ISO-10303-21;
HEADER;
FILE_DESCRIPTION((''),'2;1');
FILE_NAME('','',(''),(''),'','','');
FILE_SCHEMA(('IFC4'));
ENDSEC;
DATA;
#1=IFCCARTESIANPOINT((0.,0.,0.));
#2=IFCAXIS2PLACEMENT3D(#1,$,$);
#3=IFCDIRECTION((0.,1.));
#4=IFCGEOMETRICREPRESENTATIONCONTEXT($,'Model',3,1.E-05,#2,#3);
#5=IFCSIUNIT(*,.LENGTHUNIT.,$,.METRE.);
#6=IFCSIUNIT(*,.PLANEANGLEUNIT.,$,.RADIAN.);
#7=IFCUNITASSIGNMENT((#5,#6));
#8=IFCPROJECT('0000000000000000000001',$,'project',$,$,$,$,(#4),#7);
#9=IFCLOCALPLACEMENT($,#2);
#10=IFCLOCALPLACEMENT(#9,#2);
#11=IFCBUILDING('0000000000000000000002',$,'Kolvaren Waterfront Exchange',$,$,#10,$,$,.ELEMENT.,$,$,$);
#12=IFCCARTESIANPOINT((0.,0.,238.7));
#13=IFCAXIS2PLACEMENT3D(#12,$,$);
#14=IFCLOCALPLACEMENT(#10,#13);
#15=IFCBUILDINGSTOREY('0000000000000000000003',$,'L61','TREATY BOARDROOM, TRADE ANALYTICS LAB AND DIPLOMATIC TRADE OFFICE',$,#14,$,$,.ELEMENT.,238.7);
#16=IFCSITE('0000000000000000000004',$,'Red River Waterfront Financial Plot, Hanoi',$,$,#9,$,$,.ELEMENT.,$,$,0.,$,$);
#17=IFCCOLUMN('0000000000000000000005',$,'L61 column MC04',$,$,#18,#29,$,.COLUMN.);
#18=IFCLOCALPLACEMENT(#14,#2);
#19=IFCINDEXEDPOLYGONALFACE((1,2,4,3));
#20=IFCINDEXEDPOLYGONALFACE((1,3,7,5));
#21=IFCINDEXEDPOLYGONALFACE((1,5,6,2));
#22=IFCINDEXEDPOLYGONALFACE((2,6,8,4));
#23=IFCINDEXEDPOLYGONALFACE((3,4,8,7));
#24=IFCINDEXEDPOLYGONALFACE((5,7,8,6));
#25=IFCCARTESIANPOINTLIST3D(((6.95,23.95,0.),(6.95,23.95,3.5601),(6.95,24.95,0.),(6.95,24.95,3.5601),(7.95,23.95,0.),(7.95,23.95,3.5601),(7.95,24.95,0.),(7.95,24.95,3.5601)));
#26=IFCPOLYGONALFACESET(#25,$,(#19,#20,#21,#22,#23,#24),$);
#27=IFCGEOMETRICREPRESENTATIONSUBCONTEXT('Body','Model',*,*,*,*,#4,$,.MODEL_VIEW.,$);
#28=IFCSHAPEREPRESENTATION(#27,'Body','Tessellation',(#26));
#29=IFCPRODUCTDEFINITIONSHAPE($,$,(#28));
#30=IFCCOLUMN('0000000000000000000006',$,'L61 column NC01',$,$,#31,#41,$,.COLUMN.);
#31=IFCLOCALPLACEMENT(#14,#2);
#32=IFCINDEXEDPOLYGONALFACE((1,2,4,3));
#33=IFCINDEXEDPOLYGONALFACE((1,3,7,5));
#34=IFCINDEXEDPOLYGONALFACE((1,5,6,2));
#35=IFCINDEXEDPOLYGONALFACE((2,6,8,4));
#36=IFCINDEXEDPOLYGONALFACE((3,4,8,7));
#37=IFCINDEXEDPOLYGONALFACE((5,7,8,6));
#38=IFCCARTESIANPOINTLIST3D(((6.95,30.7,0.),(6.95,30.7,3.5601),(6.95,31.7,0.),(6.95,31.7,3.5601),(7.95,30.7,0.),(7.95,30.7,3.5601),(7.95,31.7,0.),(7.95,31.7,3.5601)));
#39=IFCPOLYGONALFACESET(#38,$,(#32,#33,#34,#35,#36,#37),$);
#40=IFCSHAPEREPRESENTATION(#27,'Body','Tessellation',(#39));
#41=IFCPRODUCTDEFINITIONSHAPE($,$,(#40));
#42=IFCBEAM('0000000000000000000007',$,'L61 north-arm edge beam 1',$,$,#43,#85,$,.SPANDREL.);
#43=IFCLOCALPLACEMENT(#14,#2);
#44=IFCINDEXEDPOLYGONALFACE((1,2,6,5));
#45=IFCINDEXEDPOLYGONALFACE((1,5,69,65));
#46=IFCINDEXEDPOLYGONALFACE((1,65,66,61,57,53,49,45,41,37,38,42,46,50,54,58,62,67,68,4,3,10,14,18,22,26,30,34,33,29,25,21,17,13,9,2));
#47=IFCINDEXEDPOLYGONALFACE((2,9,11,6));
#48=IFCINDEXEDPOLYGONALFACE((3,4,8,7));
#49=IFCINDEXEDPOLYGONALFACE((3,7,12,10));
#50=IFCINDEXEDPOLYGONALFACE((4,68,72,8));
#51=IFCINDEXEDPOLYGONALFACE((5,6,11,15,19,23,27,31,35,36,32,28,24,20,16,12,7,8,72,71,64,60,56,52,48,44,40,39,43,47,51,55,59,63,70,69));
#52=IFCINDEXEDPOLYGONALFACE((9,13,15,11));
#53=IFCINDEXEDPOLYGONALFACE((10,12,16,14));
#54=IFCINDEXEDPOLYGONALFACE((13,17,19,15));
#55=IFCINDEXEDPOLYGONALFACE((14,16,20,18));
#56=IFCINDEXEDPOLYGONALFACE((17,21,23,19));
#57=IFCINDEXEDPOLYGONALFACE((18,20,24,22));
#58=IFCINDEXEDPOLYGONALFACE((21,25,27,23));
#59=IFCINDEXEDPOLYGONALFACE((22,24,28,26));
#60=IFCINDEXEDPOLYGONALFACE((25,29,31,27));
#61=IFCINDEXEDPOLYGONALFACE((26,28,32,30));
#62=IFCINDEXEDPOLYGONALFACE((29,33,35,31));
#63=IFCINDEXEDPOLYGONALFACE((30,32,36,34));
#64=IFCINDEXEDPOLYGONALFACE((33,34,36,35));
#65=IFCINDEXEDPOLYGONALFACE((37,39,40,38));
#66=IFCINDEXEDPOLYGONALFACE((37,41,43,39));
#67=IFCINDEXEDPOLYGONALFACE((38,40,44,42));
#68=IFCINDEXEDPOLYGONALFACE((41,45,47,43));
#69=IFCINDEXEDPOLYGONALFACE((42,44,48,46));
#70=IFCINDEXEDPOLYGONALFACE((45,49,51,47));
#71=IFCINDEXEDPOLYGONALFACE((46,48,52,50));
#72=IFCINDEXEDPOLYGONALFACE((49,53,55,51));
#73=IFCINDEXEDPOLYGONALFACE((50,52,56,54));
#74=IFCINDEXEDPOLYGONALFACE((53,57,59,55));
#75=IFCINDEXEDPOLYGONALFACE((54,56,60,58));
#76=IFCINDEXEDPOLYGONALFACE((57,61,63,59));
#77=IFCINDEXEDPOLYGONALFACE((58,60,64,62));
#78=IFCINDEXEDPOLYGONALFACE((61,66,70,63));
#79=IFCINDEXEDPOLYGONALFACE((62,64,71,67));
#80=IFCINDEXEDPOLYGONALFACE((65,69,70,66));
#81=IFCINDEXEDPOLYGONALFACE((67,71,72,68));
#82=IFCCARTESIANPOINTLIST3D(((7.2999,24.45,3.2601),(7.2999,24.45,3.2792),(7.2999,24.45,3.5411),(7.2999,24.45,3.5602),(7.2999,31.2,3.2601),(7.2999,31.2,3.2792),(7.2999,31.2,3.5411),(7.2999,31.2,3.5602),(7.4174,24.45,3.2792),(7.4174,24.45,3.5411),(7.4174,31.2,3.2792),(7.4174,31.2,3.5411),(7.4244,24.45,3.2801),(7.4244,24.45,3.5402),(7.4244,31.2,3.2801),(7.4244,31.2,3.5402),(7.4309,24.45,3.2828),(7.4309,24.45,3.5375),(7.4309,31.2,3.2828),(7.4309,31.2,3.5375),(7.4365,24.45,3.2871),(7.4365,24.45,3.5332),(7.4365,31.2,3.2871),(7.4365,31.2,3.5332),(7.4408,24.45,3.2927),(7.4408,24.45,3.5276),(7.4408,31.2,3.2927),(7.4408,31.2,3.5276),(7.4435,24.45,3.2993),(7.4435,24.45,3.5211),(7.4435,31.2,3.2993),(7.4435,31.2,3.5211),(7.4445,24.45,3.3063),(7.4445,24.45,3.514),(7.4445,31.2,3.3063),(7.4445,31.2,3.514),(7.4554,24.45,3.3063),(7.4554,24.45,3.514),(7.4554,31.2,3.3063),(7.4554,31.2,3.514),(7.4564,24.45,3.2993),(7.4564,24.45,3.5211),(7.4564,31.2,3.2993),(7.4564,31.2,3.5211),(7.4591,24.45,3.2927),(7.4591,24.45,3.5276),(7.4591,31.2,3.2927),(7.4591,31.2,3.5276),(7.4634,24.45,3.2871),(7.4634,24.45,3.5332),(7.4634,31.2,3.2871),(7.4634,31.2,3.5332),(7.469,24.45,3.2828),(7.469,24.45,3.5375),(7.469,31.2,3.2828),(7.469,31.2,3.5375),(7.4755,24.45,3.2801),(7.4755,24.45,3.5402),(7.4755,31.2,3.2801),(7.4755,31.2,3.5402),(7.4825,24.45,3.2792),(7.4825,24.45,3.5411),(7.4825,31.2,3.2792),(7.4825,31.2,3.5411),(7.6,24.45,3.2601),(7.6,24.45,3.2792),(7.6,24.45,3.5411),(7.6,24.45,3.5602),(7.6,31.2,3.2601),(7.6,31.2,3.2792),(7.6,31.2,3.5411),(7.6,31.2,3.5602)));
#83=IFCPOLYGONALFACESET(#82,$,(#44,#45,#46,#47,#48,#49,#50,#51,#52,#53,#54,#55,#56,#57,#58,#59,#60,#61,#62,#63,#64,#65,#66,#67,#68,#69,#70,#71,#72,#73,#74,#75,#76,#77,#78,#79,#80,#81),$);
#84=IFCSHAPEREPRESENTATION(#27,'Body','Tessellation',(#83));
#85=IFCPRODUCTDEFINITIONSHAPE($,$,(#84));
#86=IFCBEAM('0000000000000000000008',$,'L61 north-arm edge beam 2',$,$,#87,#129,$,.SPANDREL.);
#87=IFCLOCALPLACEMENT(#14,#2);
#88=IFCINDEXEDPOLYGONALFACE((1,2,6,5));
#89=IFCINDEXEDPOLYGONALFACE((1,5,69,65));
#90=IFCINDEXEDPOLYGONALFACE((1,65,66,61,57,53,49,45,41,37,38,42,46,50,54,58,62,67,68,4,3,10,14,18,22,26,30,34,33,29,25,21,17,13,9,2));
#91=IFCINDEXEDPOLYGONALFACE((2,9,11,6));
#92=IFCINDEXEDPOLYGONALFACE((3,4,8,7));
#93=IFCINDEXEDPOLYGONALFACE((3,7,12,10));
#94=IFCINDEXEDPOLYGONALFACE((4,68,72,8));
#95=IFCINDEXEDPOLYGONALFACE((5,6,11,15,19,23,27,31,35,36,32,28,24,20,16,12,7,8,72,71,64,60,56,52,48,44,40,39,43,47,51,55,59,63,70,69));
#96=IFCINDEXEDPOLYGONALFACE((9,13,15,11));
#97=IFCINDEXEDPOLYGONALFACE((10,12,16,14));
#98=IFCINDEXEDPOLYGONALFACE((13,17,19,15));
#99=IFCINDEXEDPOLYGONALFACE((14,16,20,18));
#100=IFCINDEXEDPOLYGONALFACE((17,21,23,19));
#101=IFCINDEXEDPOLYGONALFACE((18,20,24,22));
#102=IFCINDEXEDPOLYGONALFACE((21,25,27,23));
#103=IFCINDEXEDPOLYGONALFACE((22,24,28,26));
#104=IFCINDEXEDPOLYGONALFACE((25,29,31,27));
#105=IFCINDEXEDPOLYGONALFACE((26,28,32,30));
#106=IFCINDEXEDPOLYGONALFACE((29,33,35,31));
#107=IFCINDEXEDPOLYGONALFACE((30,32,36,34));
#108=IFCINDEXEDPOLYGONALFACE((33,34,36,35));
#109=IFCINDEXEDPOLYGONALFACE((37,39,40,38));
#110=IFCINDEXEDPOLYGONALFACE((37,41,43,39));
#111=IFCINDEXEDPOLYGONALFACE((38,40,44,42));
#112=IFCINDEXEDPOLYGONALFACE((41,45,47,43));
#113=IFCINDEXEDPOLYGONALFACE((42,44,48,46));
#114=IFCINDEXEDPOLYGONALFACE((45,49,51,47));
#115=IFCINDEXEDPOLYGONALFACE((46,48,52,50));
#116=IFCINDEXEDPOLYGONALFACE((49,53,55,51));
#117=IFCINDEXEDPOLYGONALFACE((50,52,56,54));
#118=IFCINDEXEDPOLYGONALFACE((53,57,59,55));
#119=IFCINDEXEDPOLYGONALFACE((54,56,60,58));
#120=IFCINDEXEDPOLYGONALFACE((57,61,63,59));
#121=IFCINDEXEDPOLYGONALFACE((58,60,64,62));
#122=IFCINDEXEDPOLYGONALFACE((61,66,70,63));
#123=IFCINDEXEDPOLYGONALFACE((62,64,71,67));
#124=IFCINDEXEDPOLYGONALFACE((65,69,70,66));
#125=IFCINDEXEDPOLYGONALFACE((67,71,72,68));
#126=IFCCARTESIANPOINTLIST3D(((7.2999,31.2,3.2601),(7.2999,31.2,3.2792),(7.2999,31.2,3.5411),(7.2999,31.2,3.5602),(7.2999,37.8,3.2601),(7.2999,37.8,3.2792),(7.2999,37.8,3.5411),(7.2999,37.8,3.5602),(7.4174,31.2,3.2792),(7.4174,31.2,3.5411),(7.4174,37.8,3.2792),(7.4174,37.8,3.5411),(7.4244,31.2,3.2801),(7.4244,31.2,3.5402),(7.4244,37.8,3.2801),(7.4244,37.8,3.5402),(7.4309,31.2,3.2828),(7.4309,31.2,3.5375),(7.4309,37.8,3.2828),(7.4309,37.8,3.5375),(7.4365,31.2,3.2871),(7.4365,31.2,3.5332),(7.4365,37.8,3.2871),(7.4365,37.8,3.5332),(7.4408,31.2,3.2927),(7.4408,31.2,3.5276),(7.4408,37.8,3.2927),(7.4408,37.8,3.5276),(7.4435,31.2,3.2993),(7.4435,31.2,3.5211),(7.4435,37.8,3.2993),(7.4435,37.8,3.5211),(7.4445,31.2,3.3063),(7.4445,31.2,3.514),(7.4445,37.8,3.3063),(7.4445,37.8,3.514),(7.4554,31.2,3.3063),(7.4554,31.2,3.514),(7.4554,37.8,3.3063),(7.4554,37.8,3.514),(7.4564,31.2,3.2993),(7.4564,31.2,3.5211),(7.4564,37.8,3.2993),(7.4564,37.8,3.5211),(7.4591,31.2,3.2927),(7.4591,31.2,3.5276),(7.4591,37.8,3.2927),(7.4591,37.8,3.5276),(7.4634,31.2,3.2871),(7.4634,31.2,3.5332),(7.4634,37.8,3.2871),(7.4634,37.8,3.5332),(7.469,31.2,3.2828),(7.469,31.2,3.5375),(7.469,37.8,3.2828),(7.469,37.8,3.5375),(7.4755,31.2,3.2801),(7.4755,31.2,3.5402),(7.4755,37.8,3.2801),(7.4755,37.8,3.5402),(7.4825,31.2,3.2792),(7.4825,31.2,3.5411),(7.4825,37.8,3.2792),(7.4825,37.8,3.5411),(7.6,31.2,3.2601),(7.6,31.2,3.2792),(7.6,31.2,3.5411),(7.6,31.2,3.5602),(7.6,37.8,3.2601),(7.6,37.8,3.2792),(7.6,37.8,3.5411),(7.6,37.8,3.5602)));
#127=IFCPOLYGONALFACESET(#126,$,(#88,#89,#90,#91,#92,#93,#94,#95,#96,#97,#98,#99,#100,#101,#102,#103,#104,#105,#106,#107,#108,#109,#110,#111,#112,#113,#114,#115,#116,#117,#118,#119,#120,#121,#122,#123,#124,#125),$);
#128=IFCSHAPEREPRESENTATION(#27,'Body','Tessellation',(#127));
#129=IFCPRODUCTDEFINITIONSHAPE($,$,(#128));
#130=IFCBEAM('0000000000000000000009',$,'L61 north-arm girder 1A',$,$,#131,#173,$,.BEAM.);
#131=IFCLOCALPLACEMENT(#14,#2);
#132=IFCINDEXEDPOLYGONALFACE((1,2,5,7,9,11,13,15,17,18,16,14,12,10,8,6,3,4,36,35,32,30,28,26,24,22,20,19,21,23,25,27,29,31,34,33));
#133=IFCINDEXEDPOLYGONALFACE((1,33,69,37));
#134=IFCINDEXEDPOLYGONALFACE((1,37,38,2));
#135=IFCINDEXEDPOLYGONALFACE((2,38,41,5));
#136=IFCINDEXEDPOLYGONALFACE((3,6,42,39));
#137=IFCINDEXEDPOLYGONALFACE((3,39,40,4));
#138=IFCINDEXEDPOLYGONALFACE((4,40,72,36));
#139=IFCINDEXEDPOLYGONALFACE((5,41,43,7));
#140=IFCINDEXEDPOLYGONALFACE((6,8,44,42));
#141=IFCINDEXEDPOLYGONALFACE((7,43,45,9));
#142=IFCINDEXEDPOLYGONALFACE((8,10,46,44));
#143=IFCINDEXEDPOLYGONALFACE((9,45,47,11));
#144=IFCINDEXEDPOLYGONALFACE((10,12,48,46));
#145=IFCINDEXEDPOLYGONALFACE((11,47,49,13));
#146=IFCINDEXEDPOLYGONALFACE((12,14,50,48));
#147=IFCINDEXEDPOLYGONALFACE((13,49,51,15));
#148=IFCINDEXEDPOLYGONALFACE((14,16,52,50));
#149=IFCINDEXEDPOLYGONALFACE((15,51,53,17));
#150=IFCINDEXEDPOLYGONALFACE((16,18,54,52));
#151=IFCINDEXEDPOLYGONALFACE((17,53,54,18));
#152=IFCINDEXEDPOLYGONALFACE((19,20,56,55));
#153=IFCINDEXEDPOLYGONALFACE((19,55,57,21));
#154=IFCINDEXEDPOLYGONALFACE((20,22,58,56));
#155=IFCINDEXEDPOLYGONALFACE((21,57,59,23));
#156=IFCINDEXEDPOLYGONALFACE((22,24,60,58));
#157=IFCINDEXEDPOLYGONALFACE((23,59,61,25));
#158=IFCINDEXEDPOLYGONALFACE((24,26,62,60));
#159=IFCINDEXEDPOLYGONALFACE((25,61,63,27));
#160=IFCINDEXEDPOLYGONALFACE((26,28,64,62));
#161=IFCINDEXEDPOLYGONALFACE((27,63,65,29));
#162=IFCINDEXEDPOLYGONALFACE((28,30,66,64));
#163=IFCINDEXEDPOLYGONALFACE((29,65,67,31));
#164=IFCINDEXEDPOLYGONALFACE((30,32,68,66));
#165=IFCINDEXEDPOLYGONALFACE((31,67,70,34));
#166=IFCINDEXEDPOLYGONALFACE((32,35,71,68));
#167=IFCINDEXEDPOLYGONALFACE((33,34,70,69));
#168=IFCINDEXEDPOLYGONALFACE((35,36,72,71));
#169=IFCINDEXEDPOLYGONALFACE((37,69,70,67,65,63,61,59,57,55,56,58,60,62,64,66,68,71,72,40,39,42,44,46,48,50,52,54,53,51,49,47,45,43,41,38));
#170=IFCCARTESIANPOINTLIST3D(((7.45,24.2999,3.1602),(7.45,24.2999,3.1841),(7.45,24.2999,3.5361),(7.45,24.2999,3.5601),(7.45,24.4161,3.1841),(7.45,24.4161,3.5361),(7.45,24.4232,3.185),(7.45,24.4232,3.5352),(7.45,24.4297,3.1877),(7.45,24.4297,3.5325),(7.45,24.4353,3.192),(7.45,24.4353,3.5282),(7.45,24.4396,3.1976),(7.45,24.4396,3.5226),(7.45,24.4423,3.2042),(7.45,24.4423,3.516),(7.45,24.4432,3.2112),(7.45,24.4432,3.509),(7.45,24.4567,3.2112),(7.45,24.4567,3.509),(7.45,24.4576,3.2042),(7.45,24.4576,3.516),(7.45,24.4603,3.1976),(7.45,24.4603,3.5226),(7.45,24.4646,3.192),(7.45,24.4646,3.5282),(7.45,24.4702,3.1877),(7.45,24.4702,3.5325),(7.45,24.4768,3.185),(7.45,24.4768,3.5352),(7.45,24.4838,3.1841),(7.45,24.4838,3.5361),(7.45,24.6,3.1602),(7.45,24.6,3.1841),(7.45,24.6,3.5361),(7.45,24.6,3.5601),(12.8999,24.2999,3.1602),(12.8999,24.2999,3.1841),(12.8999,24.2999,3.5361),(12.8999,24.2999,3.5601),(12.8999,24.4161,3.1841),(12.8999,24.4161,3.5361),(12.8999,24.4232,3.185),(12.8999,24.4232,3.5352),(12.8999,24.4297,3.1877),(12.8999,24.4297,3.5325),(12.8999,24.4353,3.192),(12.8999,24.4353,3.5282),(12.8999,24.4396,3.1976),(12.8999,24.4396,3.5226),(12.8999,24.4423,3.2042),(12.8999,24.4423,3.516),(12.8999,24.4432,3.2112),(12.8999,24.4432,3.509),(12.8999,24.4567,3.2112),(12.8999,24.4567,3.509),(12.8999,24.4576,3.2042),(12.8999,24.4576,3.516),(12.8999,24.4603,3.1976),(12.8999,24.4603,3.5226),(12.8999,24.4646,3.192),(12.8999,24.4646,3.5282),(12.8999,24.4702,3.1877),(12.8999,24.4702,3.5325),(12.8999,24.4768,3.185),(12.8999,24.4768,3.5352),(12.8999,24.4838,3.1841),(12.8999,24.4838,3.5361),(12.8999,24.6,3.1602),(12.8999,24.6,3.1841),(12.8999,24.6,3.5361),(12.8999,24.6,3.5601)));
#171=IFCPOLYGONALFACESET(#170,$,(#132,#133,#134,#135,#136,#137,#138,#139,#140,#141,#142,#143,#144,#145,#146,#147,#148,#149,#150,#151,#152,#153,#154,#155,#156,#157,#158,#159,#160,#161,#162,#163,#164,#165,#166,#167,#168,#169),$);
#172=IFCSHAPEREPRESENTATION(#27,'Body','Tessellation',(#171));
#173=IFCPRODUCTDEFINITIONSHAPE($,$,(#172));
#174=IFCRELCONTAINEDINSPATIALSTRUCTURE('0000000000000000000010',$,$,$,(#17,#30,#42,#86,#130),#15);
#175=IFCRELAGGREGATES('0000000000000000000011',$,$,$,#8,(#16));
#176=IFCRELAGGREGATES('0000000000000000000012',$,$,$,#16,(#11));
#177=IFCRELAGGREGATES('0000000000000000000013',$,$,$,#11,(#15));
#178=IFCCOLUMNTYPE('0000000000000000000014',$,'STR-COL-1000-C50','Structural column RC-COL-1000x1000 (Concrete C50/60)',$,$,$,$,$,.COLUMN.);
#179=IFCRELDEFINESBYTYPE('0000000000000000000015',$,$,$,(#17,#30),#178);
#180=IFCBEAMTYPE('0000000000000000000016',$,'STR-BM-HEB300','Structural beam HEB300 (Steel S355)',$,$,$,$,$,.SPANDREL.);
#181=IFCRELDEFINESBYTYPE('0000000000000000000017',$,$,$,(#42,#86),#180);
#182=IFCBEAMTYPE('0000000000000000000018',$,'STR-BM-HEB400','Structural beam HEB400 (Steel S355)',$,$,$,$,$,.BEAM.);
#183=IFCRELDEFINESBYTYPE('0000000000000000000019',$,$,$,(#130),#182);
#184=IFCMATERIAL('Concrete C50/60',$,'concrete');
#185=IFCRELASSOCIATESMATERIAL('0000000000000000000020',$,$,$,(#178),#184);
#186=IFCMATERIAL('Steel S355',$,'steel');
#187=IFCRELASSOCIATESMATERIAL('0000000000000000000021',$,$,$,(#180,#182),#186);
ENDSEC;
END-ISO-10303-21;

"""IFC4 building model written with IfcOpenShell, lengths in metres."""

from ifc_helpers import new_model, si_unit, direction, frame, origin, origin_2d, place, context, subcontext, project, spatial, rectangle, i_section, extrude, material, material_profile, profile_set, type_object, element, save


model = new_model("IFC4")

# Units and contexts
model_context = context("Model", 3, precision=1e-05, world=origin(), true_north=direction((0.0, 1.0)))
body_context = subcontext(model_context, "Body", "Model", "MODEL_VIEW")
ifc_project = project(units=[si_unit("LENGTHUNIT", "METRE"), si_unit("PLANEANGLEUNIT", "RADIAN")], contexts=[model_context])

# Site, building, storey
site_placement = place(None, origin())
site = spatial("IfcSite", under=ifc_project, at=site_placement, Name="Red River Waterfront Financial Plot, Hanoi", CompositionType="ELEMENT", RefElevation=0.0)
building_placement = place(site_placement, origin())
building = spatial("IfcBuilding", under=site, at=building_placement, Name="Kolvaren Waterfront Exchange", CompositionType="ELEMENT")
storey_placement = place(building_placement, frame((0.0, 0.0, 238.7)))
storey = spatial("IfcBuildingStorey", under=building, at=storey_placement, Name="L61", Description="TREATY BOARDROOM, TRADE ANALYTICS LAB AND DIPLOMATIC TRADE OFFICE", CompositionType="ELEMENT", Elevation=238.7)

# Columns
ifc_material_1 = material(Name="Concrete C50/60", Category="concrete")
ifc_material_profile_1 = material_profile(ifc_material_1, rectangle(XDim=1.0, YDim=1.0, at=origin_2d()), Name="RC-COL-1000x1000")
ifc_profile_set_1 = profile_set([ifc_material_profile_1], Name="Concrete C50/60")
column_type = type_object("IfcColumnType", Name="STR-COL-1000-C50", Description="Structural column RC-COL-1000x1000 (Concrete C50/60)", PredefinedType="COLUMN", material=ifc_profile_set_1)
for number, where, z_axis, x_axis, name in (
    (1, (7.45, 24.45, 0.0), (0.0, 0.0, 1.0), (1.0, 0.0, 0.0), "L61 column MC04"),
    (2, (7.45, 31.2, 0.0), (0.0, 0.0, 1.0), (1.0, 0.0, 0.0), "L61 column NC01"),
):
    element("IfcColumn", number, at=place(storey_placement, frame(where, z_axis=z_axis, x_axis=x_axis)), inside=storey, type_object=column_type, Name=name, PredefinedType="COLUMN", context=body_context, shape_type="SweptSolid", body=[
        extrude(rectangle(XDim=1.0, YDim=1.0, at=origin_2d()), origin(), (0.0, 0.0, 1.0), 3.5601),
    ])

# Beams
ifc_material_2 = material(Name="Steel S355", Category="steel")
ifc_material_profile_2 = material_profile(ifc_material_2, i_section(OverallWidth=0.3, OverallDepth=0.3, WebThickness=0.011, FlangeThickness=0.019, FilletRadius=0.0271, at=origin_2d()), Name="HEB300")
ifc_profile_set_2 = profile_set([ifc_material_profile_2], Name="Steel S355")
beam_type_1 = type_object("IfcBeamType", Name="STR-BM-HEB300", Description="Structural beam HEB300 (Steel S355)", PredefinedType="SPANDREL", material=ifc_profile_set_2)
beam_1_placement = place(storey_placement, frame((7.45, 24.45, 3.4102), z_axis=(0.0, 1.0, 0.0), x_axis=(-1.0, 0.0, 0.0)))
element("IfcBeam", 3, at=beam_1_placement, inside=storey, type_object=beam_type_1, Name="L61 north-arm edge beam 1", PredefinedType="SPANDREL", context=body_context, shape_type="SweptSolid", body=[
    extrude(i_section(OverallWidth=0.3, OverallDepth=0.3, WebThickness=0.011, FlangeThickness=0.019, FilletRadius=0.0271, at=origin_2d()), origin(), (0.0, 0.0, 1.0), 6.75),
])
beam_2_placement = place(storey_placement, frame((7.45, 31.2, 3.4102), z_axis=(0.0, 1.0, 0.0), x_axis=(-1.0, 0.0, 0.0)))
element("IfcBeam", 4, at=beam_2_placement, inside=storey, type_object=beam_type_1, Name="L61 north-arm edge beam 2", PredefinedType="SPANDREL", context=body_context, shape_type="SweptSolid", body=[
    extrude(i_section(OverallWidth=0.3, OverallDepth=0.3, WebThickness=0.011, FlangeThickness=0.019, FilletRadius=0.0271, at=origin_2d()), origin(), (0.0, 0.0, 1.0), 6.6001),
])
ifc_material_profile_3 = material_profile(ifc_material_2, i_section(OverallWidth=0.3, OverallDepth=0.3999, WebThickness=0.0134, FlangeThickness=0.0239, FilletRadius=0.0271, at=origin_2d()), Name="HEB400")
ifc_profile_set_3 = profile_set([ifc_material_profile_3], Name="Steel S355")
beam_type_2 = type_object("IfcBeamType", Name="STR-BM-HEB400", Description="Structural beam HEB400 (Steel S355)", PredefinedType="BEAM", material=ifc_profile_set_3)
for number, where, z_axis, x_axis, name in (
    (5, (7.45, 24.45, 3.3601), (1.0, 0.0, 0.0), (0.0, 1.0, 0.0), "L61 north-arm girder 1A"),
):
    element("IfcBeam", number, at=place(storey_placement, frame(where, z_axis=z_axis, x_axis=x_axis)), inside=storey, type_object=beam_type_2, Name=name, PredefinedType="BEAM", context=body_context, shape_type="SweptSolid", body=[
        extrude(i_section(OverallWidth=0.3, OverallDepth=0.3999, WebThickness=0.0134, FlangeThickness=0.0239, FilletRadius=0.0271, at=origin_2d()), origin(), (0.0, 0.0, 1.0), 5.45),
    ])

save(model, "model.ifc")
